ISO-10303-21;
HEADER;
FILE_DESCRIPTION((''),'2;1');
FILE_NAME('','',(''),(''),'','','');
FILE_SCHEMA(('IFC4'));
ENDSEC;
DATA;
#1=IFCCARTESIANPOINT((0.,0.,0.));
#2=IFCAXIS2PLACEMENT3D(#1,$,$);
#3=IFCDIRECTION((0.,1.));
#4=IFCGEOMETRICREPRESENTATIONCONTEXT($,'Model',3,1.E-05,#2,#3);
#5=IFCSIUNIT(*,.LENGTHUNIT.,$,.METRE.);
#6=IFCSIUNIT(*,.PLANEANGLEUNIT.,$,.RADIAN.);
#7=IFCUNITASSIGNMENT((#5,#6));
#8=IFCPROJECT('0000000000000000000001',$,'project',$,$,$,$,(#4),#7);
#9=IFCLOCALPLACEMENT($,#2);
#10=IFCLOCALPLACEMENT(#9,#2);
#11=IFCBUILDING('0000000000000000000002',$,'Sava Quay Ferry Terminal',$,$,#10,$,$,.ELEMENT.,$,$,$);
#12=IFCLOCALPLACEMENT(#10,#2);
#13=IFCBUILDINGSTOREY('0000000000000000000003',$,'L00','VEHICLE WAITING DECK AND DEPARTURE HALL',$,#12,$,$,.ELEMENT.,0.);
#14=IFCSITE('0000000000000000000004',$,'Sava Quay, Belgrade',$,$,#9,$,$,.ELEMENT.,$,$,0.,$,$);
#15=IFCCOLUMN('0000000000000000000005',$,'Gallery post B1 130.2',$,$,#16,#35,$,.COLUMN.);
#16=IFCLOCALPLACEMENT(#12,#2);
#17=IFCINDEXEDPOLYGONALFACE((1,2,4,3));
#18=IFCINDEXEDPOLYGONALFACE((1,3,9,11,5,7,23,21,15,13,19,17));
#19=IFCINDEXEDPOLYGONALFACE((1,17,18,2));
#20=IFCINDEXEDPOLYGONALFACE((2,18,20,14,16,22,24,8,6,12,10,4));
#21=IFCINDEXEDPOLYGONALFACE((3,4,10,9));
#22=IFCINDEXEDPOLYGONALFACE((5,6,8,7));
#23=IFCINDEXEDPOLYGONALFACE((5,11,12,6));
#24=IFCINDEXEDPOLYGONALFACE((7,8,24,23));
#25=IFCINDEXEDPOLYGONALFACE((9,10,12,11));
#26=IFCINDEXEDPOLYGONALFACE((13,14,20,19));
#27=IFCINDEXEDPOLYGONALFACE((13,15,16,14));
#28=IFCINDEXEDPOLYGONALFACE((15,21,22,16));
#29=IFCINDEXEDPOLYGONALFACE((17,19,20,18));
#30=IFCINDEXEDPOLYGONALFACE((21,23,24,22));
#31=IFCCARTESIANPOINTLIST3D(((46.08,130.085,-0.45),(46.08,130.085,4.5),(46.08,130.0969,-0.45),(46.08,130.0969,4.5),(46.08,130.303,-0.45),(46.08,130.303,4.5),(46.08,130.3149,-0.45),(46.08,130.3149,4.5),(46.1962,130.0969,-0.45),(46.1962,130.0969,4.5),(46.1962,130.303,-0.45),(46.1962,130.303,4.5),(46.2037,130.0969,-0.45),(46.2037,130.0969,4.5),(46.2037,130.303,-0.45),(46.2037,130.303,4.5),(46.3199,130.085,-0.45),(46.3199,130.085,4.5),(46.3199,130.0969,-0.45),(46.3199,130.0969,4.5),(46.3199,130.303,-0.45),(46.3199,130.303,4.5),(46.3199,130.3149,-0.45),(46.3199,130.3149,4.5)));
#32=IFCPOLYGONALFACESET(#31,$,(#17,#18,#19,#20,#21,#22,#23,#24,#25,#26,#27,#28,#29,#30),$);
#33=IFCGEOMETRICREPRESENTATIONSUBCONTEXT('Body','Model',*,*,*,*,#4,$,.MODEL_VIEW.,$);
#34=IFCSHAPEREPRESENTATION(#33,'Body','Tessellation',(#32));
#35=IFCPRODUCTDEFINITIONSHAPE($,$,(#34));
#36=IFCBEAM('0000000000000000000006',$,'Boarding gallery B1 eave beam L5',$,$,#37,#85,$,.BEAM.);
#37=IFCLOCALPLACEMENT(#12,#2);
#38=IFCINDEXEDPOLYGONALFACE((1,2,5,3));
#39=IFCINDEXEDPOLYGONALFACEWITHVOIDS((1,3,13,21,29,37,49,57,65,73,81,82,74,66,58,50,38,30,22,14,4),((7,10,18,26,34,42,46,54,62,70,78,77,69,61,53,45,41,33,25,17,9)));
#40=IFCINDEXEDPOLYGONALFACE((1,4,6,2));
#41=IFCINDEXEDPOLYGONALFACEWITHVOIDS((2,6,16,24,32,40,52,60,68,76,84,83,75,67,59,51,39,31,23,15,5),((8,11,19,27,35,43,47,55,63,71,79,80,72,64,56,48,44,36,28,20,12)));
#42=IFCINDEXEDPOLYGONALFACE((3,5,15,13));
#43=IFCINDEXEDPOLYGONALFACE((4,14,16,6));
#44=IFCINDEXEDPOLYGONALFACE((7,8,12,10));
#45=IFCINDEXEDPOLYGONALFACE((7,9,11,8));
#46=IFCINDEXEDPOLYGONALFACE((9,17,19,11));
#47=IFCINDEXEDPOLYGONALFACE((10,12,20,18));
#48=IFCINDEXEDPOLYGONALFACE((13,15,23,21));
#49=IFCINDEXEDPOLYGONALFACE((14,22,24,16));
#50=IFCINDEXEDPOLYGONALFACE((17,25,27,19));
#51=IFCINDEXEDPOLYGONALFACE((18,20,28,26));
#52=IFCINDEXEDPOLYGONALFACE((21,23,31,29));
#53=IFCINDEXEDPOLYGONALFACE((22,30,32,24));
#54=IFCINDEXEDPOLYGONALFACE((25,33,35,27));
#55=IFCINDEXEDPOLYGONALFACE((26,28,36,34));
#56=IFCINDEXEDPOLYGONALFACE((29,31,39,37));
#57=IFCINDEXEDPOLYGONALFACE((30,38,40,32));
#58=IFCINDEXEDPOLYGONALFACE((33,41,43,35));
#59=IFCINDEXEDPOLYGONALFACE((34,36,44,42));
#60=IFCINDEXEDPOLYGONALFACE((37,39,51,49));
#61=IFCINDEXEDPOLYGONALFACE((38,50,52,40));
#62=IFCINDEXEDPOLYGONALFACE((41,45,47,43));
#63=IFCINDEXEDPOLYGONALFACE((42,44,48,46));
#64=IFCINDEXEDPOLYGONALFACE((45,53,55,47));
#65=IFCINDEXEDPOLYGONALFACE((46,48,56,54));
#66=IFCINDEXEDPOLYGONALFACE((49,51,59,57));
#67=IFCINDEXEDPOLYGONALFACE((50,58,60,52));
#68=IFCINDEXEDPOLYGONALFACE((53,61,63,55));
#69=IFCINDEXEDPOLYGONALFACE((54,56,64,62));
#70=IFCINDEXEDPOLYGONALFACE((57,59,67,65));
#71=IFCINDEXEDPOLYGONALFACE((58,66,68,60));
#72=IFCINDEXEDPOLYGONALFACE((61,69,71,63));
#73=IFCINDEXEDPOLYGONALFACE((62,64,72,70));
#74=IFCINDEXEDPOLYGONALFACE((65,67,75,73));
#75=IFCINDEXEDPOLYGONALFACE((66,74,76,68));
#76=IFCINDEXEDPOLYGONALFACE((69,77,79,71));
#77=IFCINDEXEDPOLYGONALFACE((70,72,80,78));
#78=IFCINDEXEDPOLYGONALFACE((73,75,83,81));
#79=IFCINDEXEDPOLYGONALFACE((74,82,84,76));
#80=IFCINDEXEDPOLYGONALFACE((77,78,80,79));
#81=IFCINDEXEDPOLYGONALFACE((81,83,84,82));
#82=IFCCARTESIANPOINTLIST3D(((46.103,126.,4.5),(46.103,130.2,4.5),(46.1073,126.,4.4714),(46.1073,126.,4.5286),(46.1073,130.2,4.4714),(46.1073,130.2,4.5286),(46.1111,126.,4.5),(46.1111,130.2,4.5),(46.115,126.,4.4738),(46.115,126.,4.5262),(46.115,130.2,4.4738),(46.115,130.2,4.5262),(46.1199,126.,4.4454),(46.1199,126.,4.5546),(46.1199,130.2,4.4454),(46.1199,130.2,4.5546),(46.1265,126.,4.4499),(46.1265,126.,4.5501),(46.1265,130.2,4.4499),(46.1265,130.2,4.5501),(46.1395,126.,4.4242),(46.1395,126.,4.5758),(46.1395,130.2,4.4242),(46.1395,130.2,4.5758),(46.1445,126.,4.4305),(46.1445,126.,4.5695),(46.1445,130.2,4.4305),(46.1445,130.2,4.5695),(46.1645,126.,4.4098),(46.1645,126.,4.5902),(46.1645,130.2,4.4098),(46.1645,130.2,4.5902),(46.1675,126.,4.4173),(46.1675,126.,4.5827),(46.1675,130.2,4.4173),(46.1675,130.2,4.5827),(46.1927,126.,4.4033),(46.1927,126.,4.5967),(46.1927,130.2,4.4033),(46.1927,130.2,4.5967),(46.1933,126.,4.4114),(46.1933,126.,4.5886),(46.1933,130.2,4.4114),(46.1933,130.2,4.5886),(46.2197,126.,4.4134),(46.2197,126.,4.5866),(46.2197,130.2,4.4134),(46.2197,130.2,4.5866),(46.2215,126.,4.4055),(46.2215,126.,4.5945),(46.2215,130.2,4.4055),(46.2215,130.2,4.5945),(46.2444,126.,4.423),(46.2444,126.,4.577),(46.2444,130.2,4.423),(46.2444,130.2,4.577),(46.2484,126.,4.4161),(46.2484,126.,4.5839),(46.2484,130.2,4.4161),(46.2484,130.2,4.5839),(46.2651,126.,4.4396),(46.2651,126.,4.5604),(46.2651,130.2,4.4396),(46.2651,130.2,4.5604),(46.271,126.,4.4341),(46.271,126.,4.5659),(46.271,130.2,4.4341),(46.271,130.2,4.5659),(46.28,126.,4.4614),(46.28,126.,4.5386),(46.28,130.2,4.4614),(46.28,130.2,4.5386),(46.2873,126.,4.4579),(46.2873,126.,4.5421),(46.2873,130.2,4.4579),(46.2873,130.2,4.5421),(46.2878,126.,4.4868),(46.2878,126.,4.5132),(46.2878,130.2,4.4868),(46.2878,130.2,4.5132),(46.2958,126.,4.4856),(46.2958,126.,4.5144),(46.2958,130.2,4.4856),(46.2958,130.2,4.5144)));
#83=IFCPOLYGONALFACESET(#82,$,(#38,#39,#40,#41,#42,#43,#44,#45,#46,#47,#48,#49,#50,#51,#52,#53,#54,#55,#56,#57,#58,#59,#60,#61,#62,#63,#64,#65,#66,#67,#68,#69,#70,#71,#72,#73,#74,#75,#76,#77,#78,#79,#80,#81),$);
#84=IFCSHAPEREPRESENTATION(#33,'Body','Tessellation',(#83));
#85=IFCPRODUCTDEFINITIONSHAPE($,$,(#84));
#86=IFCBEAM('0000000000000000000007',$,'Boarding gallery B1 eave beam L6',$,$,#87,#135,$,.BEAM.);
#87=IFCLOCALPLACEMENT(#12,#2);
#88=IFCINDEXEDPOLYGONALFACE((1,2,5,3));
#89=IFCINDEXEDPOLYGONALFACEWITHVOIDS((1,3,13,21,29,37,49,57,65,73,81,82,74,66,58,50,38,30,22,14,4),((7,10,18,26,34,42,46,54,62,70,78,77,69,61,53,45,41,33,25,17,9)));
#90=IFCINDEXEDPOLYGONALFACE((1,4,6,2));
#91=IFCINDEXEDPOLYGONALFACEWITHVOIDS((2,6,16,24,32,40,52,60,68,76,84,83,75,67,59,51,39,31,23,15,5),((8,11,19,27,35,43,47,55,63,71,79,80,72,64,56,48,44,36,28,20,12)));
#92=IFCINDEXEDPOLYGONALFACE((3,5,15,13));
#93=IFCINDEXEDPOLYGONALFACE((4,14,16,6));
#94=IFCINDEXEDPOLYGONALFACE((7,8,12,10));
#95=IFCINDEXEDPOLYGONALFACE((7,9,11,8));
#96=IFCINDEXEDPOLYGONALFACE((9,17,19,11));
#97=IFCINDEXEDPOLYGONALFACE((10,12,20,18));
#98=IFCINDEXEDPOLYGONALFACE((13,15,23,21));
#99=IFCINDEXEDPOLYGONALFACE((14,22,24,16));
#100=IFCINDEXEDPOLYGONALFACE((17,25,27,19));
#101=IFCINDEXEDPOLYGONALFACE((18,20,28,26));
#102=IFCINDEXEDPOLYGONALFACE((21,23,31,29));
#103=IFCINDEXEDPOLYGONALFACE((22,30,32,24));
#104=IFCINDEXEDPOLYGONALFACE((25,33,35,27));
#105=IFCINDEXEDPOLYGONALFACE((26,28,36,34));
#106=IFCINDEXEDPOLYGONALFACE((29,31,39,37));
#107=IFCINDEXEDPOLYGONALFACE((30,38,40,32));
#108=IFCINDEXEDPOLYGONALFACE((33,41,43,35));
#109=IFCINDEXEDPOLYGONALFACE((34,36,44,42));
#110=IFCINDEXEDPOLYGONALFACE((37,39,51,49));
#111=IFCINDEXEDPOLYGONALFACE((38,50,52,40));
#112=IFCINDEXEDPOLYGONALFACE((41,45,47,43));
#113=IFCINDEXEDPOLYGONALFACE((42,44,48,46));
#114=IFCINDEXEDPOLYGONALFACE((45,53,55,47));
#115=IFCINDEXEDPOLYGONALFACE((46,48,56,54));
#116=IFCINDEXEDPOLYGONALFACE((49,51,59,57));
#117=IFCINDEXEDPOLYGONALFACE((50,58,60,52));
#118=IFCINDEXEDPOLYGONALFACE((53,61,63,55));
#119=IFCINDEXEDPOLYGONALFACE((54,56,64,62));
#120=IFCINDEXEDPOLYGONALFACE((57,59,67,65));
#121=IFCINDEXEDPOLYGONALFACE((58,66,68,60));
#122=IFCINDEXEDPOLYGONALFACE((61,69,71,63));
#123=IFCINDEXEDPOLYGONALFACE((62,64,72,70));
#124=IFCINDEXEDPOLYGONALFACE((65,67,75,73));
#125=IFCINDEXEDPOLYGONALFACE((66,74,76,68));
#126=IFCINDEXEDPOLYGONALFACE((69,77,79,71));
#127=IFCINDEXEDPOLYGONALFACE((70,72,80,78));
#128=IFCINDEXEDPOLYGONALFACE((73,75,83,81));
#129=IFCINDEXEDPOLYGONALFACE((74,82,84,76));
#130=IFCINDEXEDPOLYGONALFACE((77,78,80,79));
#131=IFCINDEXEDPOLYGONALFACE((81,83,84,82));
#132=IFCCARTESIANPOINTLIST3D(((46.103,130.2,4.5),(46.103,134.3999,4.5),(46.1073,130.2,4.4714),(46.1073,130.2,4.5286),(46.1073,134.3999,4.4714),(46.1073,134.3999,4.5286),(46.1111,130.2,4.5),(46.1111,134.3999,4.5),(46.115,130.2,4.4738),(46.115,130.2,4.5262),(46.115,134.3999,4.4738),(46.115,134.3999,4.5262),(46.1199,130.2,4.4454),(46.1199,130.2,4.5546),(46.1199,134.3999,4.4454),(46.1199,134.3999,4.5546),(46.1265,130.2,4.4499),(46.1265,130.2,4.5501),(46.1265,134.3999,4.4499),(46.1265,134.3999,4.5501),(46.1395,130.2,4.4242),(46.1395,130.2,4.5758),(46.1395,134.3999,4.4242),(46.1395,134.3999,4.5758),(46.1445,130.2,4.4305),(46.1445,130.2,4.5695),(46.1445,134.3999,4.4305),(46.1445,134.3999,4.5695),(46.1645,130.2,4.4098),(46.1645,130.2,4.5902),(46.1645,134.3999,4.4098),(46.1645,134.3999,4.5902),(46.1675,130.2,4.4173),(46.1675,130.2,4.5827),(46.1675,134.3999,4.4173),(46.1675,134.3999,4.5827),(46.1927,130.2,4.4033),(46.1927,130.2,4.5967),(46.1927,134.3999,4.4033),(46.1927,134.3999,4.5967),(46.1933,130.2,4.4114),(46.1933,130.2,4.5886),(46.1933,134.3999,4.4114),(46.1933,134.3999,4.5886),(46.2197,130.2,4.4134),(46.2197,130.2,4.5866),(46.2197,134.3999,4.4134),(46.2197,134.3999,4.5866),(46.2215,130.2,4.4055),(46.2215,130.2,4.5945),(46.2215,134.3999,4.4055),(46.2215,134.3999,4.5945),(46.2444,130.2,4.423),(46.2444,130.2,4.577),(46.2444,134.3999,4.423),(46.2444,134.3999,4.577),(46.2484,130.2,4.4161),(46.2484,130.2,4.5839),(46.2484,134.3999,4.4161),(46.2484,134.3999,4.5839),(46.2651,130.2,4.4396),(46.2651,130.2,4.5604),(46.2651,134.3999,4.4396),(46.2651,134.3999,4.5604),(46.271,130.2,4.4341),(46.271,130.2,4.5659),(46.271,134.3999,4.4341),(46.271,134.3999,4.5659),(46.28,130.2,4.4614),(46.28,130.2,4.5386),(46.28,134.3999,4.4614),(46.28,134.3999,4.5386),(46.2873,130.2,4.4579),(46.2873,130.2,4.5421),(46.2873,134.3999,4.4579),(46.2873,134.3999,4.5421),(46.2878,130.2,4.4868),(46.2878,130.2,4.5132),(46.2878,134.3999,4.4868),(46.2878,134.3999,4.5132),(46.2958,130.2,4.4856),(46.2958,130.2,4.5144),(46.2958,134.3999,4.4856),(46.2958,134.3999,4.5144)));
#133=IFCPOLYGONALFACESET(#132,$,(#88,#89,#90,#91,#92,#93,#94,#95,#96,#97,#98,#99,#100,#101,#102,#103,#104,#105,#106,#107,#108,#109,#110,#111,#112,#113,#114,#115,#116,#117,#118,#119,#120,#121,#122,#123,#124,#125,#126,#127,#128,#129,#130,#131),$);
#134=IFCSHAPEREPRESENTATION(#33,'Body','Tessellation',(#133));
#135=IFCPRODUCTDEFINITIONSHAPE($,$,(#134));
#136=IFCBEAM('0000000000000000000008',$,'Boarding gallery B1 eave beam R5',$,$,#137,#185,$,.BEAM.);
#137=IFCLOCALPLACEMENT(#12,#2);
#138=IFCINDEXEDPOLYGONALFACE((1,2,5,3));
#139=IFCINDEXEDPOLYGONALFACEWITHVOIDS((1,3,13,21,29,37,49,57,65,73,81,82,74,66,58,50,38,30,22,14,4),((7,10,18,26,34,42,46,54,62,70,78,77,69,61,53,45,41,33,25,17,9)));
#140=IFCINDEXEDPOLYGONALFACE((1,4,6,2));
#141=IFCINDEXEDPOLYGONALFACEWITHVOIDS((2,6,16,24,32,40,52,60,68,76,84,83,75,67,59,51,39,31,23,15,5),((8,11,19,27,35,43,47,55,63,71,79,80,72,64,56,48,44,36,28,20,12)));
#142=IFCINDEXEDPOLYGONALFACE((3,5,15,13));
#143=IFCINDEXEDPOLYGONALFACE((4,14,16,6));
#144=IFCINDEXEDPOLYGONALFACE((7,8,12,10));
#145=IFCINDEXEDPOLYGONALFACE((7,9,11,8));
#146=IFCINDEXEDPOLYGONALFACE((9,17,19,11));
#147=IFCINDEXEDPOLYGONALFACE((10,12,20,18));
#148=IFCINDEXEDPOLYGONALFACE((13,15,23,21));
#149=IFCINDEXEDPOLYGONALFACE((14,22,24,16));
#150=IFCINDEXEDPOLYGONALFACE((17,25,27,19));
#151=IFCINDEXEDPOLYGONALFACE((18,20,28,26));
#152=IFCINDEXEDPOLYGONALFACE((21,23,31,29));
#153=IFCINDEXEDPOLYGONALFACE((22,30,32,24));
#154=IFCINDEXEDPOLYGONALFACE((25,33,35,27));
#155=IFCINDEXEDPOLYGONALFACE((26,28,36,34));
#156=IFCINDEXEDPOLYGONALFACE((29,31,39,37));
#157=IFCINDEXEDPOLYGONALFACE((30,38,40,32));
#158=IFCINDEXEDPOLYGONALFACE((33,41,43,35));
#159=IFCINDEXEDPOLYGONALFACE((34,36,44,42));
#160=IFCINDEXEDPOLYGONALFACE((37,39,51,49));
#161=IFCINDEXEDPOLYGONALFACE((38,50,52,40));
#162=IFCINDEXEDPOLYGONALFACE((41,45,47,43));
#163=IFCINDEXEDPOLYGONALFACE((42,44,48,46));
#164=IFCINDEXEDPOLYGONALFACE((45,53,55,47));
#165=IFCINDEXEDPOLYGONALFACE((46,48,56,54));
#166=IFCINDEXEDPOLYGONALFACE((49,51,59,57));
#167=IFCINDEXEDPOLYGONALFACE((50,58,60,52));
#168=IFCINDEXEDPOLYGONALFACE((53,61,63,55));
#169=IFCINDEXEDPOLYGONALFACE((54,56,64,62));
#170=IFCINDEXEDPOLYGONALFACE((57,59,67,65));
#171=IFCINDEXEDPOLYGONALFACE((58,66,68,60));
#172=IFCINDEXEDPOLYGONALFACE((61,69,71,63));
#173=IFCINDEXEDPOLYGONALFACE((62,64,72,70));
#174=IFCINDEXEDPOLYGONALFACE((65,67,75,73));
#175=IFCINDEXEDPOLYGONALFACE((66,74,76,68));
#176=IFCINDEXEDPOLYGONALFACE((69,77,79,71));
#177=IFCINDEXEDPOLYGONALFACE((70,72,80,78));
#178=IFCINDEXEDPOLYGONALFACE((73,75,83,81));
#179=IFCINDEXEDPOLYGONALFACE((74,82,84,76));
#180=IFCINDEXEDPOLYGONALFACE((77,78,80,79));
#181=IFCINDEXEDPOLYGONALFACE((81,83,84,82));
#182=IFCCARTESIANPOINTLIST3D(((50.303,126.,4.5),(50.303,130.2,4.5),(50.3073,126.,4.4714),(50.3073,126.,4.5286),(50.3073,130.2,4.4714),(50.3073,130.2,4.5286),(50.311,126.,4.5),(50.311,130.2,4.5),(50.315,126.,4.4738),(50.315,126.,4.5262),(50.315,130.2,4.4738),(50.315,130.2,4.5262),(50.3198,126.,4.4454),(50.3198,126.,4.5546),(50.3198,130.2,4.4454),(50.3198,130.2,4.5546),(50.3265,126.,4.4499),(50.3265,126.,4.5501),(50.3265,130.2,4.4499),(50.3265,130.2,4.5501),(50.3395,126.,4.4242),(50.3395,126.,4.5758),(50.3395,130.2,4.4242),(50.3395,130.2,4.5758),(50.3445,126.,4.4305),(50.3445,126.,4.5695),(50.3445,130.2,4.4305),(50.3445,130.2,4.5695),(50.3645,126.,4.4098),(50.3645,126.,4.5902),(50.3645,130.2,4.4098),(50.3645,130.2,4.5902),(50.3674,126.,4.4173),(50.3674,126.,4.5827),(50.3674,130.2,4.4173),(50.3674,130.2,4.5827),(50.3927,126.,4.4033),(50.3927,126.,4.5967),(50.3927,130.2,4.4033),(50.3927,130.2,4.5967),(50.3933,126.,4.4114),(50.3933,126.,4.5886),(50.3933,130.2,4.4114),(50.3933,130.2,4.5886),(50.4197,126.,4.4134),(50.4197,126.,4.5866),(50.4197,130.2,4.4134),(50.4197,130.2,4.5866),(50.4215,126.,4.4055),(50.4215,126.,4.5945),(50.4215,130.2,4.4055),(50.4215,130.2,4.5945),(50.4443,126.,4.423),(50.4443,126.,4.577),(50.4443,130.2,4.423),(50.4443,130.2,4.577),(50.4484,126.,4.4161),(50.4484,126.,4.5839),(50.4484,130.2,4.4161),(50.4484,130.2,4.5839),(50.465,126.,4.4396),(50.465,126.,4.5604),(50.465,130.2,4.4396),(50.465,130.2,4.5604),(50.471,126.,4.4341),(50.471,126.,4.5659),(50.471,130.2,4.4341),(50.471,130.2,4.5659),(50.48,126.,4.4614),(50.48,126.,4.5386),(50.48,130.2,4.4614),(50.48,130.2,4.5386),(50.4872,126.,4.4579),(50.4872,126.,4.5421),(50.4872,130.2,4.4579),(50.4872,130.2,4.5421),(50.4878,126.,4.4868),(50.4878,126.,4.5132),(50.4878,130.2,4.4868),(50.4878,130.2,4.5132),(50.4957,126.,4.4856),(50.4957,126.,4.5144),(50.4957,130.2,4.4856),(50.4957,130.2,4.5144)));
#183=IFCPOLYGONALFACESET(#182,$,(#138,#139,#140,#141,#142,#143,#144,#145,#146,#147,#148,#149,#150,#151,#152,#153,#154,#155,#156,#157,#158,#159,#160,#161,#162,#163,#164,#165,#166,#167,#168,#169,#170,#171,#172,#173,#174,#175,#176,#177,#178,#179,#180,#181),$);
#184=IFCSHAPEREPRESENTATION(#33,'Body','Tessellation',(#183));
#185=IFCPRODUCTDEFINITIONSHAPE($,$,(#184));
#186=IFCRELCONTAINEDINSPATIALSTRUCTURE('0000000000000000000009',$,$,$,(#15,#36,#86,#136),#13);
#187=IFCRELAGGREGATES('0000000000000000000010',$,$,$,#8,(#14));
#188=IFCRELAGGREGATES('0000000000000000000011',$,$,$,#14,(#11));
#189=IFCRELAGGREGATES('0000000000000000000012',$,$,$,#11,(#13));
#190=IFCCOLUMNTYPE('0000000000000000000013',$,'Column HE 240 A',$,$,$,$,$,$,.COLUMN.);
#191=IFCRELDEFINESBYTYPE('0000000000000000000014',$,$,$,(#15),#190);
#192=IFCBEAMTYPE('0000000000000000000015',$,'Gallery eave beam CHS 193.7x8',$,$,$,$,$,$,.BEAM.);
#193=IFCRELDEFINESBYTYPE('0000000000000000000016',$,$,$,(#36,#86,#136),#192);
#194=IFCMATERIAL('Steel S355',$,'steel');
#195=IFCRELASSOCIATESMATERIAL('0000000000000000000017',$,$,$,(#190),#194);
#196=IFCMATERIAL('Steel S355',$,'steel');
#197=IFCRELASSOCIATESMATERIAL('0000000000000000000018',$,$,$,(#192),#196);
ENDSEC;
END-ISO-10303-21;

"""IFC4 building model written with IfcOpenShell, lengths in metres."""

from ifc_helpers import new_model, si_unit, direction, frame, origin, origin_2d, place, context, subcontext, project, spatial, hollow_circle, i_section, extrude, material, material_profile, profile_set, type_object, element, save


model = new_model("IFC4")

# Units and contexts
model_context = context("Model", 3, precision=1e-05, world=origin(), true_north=direction((0.0, 1.0)))
body_context = subcontext(model_context, "Body", "Model", "MODEL_VIEW")
ifc_project = project(units=[si_unit("LENGTHUNIT", "METRE"), si_unit("PLANEANGLEUNIT", "RADIAN")], contexts=[model_context])

# Site, building, storey
site_placement = place(None, origin())
site = spatial("IfcSite", under=ifc_project, at=site_placement, Name="Sava Quay, Belgrade", CompositionType="ELEMENT", RefElevation=0.0)
building_placement = place(site_placement, origin())
building = spatial("IfcBuilding", under=site, at=building_placement, Name="Sava Quay Ferry Terminal", CompositionType="ELEMENT")
storey_placement = place(building_placement, origin())
storey = spatial("IfcBuildingStorey", under=building, at=storey_placement, Name="L00", Description="VEHICLE WAITING DECK AND DEPARTURE HALL", CompositionType="ELEMENT", Elevation=0.0)

# Column
ifc_material_1 = material(Name="Steel S355", Category="steel")
ifc_material_profile_1 = material_profile(ifc_material_1, i_section(OverallWidth=0.24, OverallDepth=0.23, WebThickness=0.0076, FlangeThickness=0.012, at=origin_2d()), Name="HE 240 A")
ifc_profile_set_1 = profile_set([ifc_material_profile_1], Name="Steel S355")
column_type = type_object("IfcColumnType", Name="Column HE 240 A", PredefinedType="COLUMN", material=ifc_profile_set_1)
for number, where, z_axis, x_axis, name in (
    (1, (46.2, 130.2, -0.45), (0.0, 0.0, 1.0), (1.0, 0.0, 0.0), "Gallery post B1 130.2"),
):
    element("IfcColumn", number, at=place(storey_placement, frame(where, z_axis=z_axis, x_axis=x_axis)), inside=storey, type_object=column_type, Name=name, PredefinedType="COLUMN", context=body_context, shape_type="SweptSolid", body=[
        extrude(i_section(OverallWidth=0.24, OverallDepth=0.23, WebThickness=0.0076, FlangeThickness=0.012, at=origin_2d()), origin(), (0.0, 0.0, 1.0), 4.95),
    ])

# Beams
ifc_material_2 = material(Name="Steel S355", Category="steel")
ifc_material_profile_2 = material_profile(ifc_material_2, hollow_circle(Radius=0.0969, WallThickness=0.0081, at=origin_2d()), Name="CHS 193.7 x 8.0")
ifc_profile_set_2 = profile_set([ifc_material_profile_2], Name="Steel S355")
beam_type_1 = type_object("IfcBeamType", Name="Gallery eave beam CHS 193.7x8", PredefinedType="BEAM", material=ifc_profile_set_2)
for number, where, z_axis, x_axis, name in (
    (2, (46.2, 126.0, 4.5), (0.0, 1.0, 0.0), (-1.0, 0.0, 0.0), "Boarding gallery B1 eave beam L5"),
    (3, (46.2, 130.2, 4.5), (0.0, 1.0, 0.0), (-1.0, 0.0, 0.0), "Boarding gallery B1 eave beam L6"),
    (4, (50.3999, 126.0, 4.5), (0.0, 1.0, 0.0), (-1.0, 0.0, 0.0), "Boarding gallery B1 eave beam R5"),
):
    element("IfcBeam", number, at=place(storey_placement, frame(where, z_axis=z_axis, x_axis=x_axis)), inside=storey, type_object=beam_type_1, Name=name, PredefinedType="BEAM", context=body_context, shape_type="SweptSolid", body=[
        extrude(hollow_circle(Radius=0.0969, WallThickness=0.0081, at=origin_2d()), origin(), (0.0, 0.0, 1.0), 4.2),
    ])

save(model, "model.ifc")
